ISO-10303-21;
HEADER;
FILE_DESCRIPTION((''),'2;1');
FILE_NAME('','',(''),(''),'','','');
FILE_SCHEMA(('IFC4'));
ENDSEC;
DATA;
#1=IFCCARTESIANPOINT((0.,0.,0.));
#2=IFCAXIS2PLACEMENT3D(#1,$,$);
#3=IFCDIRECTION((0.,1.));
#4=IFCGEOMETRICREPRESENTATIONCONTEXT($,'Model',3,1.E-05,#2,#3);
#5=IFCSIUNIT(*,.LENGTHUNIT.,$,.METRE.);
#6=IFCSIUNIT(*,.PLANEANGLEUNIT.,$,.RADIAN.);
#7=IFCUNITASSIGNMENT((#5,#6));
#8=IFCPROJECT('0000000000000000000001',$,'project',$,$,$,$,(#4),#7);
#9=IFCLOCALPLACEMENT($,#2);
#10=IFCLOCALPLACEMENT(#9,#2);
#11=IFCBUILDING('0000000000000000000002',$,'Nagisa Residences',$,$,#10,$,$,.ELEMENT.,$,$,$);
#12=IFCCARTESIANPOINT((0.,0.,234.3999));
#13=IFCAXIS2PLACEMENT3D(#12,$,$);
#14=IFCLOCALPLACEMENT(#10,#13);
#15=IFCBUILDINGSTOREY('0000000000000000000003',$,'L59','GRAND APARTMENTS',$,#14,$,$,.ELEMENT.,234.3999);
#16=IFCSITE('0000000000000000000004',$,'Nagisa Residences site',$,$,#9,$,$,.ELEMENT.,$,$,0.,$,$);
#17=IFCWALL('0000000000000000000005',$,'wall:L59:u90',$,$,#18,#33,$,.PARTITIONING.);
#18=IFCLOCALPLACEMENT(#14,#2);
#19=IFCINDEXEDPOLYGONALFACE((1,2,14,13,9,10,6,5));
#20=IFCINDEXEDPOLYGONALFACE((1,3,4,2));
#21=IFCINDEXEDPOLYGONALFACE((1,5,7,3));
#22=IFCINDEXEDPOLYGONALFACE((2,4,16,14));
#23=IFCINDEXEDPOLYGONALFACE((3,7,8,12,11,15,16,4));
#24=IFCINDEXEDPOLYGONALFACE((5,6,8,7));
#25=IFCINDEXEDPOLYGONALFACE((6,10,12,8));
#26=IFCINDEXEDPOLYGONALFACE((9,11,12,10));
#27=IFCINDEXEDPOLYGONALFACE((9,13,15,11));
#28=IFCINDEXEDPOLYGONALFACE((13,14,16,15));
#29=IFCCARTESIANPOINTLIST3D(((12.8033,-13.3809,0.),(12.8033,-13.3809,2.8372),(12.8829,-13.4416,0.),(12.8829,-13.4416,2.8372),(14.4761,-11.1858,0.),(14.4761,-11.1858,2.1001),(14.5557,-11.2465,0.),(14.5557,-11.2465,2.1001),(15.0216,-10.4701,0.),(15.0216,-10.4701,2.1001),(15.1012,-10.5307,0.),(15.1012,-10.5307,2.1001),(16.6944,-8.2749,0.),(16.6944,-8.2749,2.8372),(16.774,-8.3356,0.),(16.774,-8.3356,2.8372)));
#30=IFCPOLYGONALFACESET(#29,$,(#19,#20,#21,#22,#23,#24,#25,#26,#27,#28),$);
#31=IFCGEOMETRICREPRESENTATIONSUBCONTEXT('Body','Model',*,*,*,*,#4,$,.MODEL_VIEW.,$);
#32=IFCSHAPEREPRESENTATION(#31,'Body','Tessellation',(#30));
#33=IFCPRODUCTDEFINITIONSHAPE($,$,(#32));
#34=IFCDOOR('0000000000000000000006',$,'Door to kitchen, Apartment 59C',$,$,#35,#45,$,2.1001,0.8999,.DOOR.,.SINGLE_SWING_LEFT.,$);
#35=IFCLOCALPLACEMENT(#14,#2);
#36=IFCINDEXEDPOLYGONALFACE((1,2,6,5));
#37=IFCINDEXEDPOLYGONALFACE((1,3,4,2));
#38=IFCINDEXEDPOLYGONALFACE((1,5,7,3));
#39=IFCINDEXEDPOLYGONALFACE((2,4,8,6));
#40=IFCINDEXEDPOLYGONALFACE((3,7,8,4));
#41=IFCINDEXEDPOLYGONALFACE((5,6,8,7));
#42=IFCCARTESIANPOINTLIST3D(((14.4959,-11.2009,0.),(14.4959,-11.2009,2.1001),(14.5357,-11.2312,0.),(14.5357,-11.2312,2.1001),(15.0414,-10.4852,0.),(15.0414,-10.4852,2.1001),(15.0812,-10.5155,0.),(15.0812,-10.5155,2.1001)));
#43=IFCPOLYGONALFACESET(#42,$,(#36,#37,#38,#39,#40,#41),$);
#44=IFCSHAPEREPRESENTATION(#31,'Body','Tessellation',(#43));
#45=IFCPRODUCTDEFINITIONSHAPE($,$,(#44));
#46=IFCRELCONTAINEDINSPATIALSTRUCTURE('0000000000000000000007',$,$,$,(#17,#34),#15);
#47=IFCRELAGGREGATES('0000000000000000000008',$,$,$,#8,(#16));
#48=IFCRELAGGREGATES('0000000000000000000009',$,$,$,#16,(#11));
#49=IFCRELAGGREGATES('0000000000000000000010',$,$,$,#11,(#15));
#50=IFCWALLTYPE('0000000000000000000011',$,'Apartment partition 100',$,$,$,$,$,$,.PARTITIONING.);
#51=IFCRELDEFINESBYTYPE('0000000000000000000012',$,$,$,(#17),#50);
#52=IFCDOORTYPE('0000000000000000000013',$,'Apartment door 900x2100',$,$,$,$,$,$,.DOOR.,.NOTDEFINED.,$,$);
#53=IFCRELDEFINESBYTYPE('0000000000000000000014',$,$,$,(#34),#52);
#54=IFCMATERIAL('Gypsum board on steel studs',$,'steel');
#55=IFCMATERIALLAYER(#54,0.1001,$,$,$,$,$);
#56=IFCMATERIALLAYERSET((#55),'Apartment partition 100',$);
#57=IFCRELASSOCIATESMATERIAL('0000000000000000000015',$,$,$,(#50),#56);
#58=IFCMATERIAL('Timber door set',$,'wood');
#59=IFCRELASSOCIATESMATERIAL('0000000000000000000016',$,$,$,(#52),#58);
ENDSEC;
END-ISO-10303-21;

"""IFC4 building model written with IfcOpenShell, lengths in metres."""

from ifc_helpers import new_model, si_unit, direction, frame, frame_2d, origin, place, context, subcontext, project, spatial, rectangle, extrude, material, layer, layer_set, type_object, element, fill, save


model = new_model("IFC4")

# Units and contexts
model_context = context("Model", 3, precision=1e-05, world=origin(), true_north=direction((0.0, 1.0)))
body_context = subcontext(model_context, "Body", "Model", "MODEL_VIEW")
ifc_project = project(units=[si_unit("LENGTHUNIT", "METRE"), si_unit("PLANEANGLEUNIT", "RADIAN")], contexts=[model_context])

# Site, building, storey
site_placement = place(None, origin())
site = spatial("IfcSite", under=ifc_project, at=site_placement, Name="Nagisa Residences site", CompositionType="ELEMENT", RefElevation=0.0)
building_placement = place(site_placement, origin())
building = spatial("IfcBuilding", under=site, at=building_placement, Name="Nagisa Residences", CompositionType="ELEMENT")
storey_placement = place(building_placement, frame((0.0, 0.0, 234.3999)))
storey = spatial("IfcBuildingStorey", under=building, at=storey_placement, Name="L59", Description="GRAND APARTMENTS", CompositionType="ELEMENT", Elevation=234.3999)

# Shared definitions
ifc_material_1 = material(Name="Gypsum board on steel studs", Category="steel")
ifc_layer_1 = layer(ifc_material_1, 0.1001)
ifc_layer_set_1 = layer_set([ifc_layer_1], Name="Apartment partition 100")
wall_type_1 = type_object("IfcWallType", Name="Apartment partition 100", PredefinedType="PARTITIONING", material=ifc_layer_set_1)
ifc_material_2 = material(Name="Timber door set", Category="wood")
door_type_1 = type_object("IfcDoorType", Name="Apartment door 900x2100", OperationType="NOTDEFINED", PredefinedType="DOOR", material=ifc_material_2)

# Wall, opening, door
wall_1_placement = place(storey_placement, frame((12.843, -13.4114, 0.0), z_axis=(0.0, 0.0, 1.0), x_axis=(0.606128, 0.795367, 0.0)))
wall_1 = element("IfcWall", 1, at=wall_1_placement, inside=storey, type_object=wall_type_1, Name="wall:L59:u90", PredefinedType="PARTITIONING", context=body_context, shape_type="SweptSolid", body=[
    extrude(rectangle(XDim=6.4197, YDim=0.1001, at=frame_2d((3.21, 0.0))), origin(), (0.0, 0.0, 1.0), 2.8372),
])
opening_1_placement = place(wall_1_placement, frame((2.76, 0.0, 0.0)))
opening_1 = element("IfcOpeningElement", 2, at=opening_1_placement, cuts=wall_1, PredefinedType="OPENING", context=body_context, shape_type="SweptSolid", body=[
    extrude(rectangle(XDim=0.8999, YDim=2.1001, at=frame_2d((0.45, 1.05))), frame((0.0, 0.0601, 0.0), z_axis=(0.0, -1.0, 0.0), x_axis=(1.0, 0.0, 0.0)), (0.0, 0.0, 1.0), 0.1201),
])
door_1_placement = place(opening_1_placement, frame((0.8999, 0.0, 0.0), x_axis=(-1.0, 0.0, 0.0)))
door_1 = element("IfcDoor", 3, at=door_1_placement, inside=storey, type_object=door_type_1, Name="Door to kitchen, Apartment 59C", OperationType="SINGLE_SWING_LEFT", OverallHeight=2.1001, OverallWidth=0.8999, PredefinedType="DOOR", context=body_context, shape_type="SweptSolid", body=[
    extrude(rectangle(XDim=0.8999, YDim=2.1001, at=frame_2d((0.45, 1.05))), frame((0.0, 0.0249, 0.0), z_axis=(0.0, -1.0, 0.0), x_axis=(1.0, 0.0, 0.0)), (0.0, 0.0, 1.0), 0.05),
])
fill(opening_1, door_1)

save(model, "model.ifc")
